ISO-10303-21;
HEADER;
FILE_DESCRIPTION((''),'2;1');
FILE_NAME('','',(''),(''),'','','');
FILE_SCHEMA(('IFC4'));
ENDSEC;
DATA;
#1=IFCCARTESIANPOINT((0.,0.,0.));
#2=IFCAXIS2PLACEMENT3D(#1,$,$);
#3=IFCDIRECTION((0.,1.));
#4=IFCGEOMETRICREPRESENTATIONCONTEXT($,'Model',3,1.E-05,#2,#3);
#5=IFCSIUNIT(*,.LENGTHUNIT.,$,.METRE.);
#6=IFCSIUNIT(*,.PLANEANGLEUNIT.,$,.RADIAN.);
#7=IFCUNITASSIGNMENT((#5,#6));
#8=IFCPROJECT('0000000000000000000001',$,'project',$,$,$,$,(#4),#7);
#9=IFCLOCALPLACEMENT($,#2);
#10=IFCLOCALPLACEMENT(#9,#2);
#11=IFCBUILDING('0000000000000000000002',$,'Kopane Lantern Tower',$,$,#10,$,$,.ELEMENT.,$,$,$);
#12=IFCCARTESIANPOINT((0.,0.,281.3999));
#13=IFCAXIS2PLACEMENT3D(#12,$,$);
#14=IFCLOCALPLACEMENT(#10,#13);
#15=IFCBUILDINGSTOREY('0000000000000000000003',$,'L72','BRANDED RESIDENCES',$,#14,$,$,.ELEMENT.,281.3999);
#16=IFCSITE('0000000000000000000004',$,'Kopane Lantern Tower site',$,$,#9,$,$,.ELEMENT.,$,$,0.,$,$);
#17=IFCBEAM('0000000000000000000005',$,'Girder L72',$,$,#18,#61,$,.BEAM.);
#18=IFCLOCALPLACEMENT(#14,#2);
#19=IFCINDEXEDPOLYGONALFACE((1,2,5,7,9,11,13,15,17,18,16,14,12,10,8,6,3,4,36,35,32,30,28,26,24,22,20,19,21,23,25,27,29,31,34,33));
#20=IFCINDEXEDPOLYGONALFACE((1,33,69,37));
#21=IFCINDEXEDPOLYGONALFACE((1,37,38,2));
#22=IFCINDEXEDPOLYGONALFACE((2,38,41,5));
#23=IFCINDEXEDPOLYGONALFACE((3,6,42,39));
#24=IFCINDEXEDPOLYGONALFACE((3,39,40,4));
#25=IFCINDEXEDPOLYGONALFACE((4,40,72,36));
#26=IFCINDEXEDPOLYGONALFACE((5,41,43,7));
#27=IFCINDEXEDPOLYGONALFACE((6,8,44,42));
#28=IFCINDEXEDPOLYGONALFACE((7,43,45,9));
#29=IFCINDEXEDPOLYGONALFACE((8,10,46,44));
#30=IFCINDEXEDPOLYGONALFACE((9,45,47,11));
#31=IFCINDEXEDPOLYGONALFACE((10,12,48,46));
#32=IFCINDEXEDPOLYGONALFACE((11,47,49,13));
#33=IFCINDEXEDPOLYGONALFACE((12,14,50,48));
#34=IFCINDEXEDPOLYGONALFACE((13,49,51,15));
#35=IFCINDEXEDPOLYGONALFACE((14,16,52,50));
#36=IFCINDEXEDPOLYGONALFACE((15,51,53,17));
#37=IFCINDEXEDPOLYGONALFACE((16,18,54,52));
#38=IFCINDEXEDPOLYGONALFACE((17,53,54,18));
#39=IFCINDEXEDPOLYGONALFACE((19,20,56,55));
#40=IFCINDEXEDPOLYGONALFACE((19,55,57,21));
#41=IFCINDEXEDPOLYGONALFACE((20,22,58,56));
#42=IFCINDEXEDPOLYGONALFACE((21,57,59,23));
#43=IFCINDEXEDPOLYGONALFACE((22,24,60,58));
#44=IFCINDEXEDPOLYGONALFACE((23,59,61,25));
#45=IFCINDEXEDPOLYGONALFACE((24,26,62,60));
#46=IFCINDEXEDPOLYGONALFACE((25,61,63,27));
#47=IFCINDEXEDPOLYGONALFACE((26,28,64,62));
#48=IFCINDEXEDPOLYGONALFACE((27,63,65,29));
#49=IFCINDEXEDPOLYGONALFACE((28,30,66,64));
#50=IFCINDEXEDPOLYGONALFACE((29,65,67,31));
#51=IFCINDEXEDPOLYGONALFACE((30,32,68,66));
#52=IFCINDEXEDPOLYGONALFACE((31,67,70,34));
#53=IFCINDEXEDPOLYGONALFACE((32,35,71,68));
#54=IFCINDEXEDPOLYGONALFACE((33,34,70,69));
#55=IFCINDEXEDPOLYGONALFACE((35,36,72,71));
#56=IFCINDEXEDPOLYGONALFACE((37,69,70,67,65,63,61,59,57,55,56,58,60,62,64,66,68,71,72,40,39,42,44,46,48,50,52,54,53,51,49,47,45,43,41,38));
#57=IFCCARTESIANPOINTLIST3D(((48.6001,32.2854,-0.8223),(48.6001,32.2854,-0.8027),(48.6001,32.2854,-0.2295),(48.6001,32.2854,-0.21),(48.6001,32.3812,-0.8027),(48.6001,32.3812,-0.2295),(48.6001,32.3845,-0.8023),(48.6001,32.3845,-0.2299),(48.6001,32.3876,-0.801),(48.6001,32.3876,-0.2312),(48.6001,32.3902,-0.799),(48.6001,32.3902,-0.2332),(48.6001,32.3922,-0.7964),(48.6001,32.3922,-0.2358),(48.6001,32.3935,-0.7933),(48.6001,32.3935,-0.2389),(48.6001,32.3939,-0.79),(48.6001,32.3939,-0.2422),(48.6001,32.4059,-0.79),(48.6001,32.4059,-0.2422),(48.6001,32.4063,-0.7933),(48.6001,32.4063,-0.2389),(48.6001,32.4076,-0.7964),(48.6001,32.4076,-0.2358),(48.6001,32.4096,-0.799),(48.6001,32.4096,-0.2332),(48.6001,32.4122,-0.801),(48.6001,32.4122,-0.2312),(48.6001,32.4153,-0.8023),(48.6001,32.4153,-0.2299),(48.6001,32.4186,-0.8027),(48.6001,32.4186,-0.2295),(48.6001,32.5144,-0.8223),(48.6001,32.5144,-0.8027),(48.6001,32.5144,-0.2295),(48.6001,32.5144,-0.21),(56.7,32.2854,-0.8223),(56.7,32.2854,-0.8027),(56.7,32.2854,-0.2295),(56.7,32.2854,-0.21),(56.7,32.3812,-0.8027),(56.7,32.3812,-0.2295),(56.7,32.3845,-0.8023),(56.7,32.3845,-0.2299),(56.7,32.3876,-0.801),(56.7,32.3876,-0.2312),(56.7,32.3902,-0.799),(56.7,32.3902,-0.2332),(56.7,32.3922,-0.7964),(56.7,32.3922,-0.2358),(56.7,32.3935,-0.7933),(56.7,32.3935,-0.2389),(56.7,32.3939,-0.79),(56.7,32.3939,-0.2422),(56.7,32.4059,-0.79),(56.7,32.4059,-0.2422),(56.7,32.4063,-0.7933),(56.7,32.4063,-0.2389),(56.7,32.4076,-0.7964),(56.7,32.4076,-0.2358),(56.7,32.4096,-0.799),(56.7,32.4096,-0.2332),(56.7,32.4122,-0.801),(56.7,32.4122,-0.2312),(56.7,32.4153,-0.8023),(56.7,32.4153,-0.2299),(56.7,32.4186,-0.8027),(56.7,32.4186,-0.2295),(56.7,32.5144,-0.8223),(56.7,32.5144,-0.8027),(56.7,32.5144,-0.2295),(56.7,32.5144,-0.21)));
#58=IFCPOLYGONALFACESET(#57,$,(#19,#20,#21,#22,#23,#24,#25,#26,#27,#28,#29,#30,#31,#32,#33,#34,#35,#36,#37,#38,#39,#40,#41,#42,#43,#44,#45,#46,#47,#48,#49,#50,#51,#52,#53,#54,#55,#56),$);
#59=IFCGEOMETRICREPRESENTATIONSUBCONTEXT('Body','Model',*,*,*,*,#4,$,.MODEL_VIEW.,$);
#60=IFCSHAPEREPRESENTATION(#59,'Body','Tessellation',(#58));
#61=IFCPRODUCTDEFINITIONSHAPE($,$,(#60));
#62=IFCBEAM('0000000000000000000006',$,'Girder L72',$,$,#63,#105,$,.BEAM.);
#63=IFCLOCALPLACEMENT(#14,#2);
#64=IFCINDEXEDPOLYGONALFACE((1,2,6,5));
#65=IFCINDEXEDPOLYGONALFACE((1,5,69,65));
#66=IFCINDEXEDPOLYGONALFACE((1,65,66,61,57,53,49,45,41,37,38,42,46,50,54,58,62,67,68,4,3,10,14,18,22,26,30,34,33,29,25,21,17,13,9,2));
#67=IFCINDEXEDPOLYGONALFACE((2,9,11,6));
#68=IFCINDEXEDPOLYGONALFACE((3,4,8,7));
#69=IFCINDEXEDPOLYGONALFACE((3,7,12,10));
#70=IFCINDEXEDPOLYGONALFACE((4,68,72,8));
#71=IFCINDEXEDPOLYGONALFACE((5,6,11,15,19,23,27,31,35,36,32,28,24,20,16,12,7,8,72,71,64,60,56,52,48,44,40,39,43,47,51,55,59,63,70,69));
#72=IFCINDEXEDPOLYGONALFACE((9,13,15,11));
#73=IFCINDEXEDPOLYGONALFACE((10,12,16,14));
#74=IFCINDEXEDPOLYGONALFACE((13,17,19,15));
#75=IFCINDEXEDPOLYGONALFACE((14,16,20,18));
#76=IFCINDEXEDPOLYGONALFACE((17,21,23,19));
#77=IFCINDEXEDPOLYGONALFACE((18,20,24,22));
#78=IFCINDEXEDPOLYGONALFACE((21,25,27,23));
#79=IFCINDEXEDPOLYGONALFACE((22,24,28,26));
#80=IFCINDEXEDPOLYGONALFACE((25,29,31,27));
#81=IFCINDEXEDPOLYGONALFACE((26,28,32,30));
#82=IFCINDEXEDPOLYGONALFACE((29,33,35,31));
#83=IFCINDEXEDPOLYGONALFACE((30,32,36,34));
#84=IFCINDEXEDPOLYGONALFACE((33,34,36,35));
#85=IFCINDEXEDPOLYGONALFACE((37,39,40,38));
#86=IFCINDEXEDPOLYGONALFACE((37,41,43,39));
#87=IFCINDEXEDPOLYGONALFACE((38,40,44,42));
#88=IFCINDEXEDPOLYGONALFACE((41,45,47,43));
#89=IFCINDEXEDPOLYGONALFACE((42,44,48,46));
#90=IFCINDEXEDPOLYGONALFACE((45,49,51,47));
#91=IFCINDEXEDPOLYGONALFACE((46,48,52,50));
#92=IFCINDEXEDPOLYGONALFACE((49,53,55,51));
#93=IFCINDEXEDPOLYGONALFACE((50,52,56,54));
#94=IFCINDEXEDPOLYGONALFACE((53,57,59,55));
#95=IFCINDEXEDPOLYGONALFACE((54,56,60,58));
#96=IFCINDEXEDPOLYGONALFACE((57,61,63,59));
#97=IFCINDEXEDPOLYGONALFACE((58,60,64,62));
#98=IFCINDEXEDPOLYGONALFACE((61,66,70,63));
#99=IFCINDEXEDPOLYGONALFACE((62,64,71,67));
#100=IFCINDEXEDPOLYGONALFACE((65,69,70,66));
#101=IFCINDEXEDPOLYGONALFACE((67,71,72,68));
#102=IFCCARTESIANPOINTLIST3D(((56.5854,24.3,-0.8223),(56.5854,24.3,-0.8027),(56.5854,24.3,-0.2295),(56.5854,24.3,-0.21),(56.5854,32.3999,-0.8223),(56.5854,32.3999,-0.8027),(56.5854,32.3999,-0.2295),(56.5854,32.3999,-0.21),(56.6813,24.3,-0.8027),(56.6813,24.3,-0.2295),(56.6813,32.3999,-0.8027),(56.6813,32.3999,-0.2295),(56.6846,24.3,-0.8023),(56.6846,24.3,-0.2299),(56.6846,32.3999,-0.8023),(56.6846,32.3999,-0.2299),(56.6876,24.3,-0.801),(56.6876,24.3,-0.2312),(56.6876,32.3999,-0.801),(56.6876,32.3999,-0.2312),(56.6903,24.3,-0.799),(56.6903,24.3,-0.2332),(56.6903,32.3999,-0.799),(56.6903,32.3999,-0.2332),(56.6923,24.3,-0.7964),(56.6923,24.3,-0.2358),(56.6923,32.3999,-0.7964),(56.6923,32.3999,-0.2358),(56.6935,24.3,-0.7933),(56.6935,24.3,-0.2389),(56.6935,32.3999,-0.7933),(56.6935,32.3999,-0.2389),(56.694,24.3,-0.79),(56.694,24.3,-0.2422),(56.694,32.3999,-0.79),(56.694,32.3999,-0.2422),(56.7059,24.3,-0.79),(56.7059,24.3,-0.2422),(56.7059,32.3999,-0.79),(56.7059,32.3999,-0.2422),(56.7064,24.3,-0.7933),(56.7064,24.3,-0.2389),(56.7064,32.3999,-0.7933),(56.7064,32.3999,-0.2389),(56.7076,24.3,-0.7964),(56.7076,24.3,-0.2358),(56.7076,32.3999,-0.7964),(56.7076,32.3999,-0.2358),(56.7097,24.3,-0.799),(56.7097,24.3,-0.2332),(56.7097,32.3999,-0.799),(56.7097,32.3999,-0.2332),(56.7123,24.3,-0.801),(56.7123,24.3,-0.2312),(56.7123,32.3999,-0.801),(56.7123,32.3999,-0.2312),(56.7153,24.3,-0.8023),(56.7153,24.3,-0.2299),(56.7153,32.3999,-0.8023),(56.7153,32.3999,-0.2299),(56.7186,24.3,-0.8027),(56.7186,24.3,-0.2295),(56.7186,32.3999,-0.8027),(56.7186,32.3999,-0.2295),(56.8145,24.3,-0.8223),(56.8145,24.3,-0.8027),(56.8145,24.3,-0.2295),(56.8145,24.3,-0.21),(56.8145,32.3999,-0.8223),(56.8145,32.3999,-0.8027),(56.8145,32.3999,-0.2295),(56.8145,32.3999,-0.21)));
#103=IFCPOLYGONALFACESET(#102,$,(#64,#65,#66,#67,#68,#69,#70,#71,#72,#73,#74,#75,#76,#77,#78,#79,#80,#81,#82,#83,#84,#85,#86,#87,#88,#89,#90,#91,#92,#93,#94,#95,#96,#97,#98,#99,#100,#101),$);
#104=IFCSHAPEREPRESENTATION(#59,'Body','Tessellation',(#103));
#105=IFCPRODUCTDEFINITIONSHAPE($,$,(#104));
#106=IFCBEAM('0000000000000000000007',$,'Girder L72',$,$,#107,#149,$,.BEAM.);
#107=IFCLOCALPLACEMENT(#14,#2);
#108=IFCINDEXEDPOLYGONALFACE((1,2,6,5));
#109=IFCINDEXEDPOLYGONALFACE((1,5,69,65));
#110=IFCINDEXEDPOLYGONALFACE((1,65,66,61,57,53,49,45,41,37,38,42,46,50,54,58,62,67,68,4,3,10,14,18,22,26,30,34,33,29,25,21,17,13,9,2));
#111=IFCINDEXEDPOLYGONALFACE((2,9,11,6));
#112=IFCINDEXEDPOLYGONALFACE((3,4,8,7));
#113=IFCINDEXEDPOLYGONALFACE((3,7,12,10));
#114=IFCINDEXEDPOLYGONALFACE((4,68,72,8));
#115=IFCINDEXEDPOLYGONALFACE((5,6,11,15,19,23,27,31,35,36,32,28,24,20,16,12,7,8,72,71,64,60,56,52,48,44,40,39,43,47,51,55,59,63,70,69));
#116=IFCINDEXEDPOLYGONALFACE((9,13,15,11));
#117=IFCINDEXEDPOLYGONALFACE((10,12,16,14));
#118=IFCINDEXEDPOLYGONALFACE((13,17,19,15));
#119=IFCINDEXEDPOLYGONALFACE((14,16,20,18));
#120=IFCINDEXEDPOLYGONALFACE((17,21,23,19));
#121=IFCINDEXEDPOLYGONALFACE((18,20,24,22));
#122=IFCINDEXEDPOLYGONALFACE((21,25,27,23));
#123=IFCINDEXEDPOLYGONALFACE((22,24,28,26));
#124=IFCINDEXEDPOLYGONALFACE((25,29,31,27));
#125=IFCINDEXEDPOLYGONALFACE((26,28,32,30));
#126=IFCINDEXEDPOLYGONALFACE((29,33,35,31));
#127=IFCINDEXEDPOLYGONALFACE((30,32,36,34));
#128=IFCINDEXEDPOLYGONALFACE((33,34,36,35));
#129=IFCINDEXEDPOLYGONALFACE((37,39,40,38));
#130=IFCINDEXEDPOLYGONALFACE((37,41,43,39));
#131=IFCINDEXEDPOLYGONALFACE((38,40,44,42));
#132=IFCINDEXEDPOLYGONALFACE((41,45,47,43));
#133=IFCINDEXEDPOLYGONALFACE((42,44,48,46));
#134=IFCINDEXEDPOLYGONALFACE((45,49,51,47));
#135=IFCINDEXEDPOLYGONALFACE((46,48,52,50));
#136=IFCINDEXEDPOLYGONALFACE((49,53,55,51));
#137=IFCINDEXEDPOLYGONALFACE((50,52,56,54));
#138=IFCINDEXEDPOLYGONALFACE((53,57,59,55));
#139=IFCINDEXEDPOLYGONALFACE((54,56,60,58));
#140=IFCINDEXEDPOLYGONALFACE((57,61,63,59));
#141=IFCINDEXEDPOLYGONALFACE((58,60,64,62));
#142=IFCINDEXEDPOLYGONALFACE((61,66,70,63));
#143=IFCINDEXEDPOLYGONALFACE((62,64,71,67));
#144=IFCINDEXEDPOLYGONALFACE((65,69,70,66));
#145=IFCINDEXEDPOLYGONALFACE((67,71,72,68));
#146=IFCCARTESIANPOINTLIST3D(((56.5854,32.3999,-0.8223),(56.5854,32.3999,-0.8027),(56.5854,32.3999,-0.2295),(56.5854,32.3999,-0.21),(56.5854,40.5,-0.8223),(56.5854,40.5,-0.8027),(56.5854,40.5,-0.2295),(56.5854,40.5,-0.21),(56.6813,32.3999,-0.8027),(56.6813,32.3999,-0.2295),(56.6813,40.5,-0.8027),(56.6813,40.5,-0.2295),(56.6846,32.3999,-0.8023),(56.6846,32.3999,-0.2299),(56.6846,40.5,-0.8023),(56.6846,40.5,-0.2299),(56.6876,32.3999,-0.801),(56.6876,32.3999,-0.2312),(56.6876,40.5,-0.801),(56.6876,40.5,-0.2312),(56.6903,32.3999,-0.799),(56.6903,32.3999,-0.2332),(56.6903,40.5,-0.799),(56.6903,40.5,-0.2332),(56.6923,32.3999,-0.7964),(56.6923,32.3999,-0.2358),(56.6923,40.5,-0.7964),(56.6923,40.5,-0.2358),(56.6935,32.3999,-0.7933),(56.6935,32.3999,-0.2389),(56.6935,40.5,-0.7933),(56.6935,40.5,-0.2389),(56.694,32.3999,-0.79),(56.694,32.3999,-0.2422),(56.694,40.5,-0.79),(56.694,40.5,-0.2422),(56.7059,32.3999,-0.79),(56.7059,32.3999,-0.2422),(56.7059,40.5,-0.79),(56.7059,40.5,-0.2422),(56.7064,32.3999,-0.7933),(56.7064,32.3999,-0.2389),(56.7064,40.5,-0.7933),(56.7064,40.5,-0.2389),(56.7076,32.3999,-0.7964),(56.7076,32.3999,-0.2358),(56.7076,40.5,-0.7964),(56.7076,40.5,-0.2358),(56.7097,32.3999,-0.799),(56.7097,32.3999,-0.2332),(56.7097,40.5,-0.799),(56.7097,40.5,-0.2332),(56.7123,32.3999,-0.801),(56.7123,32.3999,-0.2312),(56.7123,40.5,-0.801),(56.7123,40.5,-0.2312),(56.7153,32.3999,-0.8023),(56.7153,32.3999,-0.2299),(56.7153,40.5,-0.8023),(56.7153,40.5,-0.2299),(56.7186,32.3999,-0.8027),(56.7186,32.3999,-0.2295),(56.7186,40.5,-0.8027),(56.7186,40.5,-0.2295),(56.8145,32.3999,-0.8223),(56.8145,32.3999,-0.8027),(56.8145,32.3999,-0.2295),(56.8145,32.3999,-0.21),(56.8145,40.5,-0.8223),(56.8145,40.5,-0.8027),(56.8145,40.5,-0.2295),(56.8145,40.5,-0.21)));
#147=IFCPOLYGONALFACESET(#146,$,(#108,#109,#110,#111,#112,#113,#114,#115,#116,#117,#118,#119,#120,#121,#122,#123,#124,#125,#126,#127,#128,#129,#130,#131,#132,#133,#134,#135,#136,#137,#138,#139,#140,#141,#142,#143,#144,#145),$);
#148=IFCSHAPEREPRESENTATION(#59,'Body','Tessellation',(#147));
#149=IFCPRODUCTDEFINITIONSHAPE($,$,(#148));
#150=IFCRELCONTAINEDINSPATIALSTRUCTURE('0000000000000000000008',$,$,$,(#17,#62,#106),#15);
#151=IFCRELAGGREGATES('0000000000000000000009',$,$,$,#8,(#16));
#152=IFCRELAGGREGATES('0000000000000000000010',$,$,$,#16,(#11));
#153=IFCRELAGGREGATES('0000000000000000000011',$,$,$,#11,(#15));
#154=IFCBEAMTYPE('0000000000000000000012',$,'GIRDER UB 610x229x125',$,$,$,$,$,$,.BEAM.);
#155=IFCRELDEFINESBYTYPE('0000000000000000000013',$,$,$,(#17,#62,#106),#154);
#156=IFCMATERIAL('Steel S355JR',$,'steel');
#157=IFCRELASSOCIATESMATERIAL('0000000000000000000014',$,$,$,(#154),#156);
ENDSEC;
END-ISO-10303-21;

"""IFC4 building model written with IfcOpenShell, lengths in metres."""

from ifc_helpers import new_model, si_unit, direction, frame, origin, origin_2d, place, context, subcontext, project, spatial, i_section, extrude, material, material_profile, profile_set, type_object, element, save


model = new_model("IFC4")

# Units and contexts
model_context = context("Model", 3, precision=1e-05, world=origin(), true_north=direction((0.0, 1.0)))
body_context = subcontext(model_context, "Body", "Model", "MODEL_VIEW")
ifc_project = project(units=[si_unit("LENGTHUNIT", "METRE"), si_unit("PLANEANGLEUNIT", "RADIAN")], contexts=[model_context])

# Site, building, storey
site_placement = place(None, origin())
site = spatial("IfcSite", under=ifc_project, at=site_placement, Name="Kopane Lantern Tower site", CompositionType="ELEMENT", RefElevation=0.0)
building_placement = place(site_placement, origin())
building = spatial("IfcBuilding", under=site, at=building_placement, Name="Kopane Lantern Tower", CompositionType="ELEMENT")
storey_placement = place(building_placement, frame((0.0, 0.0, 281.3999)))
storey = spatial("IfcBuildingStorey", under=building, at=storey_placement, Name="L72", Description="BRANDED RESIDENCES", CompositionType="ELEMENT", Elevation=281.3999)

# Beams
ifc_material_1 = material(Name="Steel S355JR", Category="steel")
ifc_material_profile_1 = material_profile(ifc_material_1, i_section(OverallWidth=0.229, OverallDepth=0.6123, WebThickness=0.012, FlangeThickness=0.0195, FilletRadius=0.0127, at=origin_2d()), Name="UB 610x229x125")
ifc_profile_set_1 = profile_set([ifc_material_profile_1], Name="Steel S355JR")
beam_type = type_object("IfcBeamType", Name="GIRDER UB 610x229x125", PredefinedType="BEAM", material=ifc_profile_set_1)
for number, where, z_axis, x_axis, name in (
    (1, (48.6001, 32.3999, -0.5161), (1.0, 0.0, 0.0), (0.0, 1.0, 0.0), "Girder L72"),
    (2, (56.7, 24.3, -0.5161), (0.0, 1.0, 0.0), (-1.0, 0.0, 0.0), "Girder L72"),
):
    element("IfcBeam", number, at=place(storey_placement, frame(where, z_axis=z_axis, x_axis=x_axis)), inside=storey, type_object=beam_type, Name=name, PredefinedType="BEAM", context=body_context, shape_type="SweptSolid", body=[
        extrude(i_section(OverallWidth=0.229, OverallDepth=0.6123, WebThickness=0.012, FlangeThickness=0.0195, FilletRadius=0.0127, at=origin_2d()), origin(), (0.0, 0.0, 1.0), 8.0999),
    ])
beam_1_placement = place(storey_placement, frame((56.7, 32.3999, -0.5161), z_axis=(0.0, 1.0, 0.0), x_axis=(-1.0, 0.0, 0.0)))
element("IfcBeam", 3, at=beam_1_placement, inside=storey, type_object=beam_type, Name="Girder L72", PredefinedType="BEAM", context=body_context, shape_type="SweptSolid", body=[
    extrude(i_section(OverallWidth=0.229, OverallDepth=0.6123, WebThickness=0.012, FlangeThickness=0.0195, FilletRadius=0.0127, at=origin_2d()), origin(), (0.0, 0.0, 1.0), 8.1001),
])

save(model, "model.ifc")
